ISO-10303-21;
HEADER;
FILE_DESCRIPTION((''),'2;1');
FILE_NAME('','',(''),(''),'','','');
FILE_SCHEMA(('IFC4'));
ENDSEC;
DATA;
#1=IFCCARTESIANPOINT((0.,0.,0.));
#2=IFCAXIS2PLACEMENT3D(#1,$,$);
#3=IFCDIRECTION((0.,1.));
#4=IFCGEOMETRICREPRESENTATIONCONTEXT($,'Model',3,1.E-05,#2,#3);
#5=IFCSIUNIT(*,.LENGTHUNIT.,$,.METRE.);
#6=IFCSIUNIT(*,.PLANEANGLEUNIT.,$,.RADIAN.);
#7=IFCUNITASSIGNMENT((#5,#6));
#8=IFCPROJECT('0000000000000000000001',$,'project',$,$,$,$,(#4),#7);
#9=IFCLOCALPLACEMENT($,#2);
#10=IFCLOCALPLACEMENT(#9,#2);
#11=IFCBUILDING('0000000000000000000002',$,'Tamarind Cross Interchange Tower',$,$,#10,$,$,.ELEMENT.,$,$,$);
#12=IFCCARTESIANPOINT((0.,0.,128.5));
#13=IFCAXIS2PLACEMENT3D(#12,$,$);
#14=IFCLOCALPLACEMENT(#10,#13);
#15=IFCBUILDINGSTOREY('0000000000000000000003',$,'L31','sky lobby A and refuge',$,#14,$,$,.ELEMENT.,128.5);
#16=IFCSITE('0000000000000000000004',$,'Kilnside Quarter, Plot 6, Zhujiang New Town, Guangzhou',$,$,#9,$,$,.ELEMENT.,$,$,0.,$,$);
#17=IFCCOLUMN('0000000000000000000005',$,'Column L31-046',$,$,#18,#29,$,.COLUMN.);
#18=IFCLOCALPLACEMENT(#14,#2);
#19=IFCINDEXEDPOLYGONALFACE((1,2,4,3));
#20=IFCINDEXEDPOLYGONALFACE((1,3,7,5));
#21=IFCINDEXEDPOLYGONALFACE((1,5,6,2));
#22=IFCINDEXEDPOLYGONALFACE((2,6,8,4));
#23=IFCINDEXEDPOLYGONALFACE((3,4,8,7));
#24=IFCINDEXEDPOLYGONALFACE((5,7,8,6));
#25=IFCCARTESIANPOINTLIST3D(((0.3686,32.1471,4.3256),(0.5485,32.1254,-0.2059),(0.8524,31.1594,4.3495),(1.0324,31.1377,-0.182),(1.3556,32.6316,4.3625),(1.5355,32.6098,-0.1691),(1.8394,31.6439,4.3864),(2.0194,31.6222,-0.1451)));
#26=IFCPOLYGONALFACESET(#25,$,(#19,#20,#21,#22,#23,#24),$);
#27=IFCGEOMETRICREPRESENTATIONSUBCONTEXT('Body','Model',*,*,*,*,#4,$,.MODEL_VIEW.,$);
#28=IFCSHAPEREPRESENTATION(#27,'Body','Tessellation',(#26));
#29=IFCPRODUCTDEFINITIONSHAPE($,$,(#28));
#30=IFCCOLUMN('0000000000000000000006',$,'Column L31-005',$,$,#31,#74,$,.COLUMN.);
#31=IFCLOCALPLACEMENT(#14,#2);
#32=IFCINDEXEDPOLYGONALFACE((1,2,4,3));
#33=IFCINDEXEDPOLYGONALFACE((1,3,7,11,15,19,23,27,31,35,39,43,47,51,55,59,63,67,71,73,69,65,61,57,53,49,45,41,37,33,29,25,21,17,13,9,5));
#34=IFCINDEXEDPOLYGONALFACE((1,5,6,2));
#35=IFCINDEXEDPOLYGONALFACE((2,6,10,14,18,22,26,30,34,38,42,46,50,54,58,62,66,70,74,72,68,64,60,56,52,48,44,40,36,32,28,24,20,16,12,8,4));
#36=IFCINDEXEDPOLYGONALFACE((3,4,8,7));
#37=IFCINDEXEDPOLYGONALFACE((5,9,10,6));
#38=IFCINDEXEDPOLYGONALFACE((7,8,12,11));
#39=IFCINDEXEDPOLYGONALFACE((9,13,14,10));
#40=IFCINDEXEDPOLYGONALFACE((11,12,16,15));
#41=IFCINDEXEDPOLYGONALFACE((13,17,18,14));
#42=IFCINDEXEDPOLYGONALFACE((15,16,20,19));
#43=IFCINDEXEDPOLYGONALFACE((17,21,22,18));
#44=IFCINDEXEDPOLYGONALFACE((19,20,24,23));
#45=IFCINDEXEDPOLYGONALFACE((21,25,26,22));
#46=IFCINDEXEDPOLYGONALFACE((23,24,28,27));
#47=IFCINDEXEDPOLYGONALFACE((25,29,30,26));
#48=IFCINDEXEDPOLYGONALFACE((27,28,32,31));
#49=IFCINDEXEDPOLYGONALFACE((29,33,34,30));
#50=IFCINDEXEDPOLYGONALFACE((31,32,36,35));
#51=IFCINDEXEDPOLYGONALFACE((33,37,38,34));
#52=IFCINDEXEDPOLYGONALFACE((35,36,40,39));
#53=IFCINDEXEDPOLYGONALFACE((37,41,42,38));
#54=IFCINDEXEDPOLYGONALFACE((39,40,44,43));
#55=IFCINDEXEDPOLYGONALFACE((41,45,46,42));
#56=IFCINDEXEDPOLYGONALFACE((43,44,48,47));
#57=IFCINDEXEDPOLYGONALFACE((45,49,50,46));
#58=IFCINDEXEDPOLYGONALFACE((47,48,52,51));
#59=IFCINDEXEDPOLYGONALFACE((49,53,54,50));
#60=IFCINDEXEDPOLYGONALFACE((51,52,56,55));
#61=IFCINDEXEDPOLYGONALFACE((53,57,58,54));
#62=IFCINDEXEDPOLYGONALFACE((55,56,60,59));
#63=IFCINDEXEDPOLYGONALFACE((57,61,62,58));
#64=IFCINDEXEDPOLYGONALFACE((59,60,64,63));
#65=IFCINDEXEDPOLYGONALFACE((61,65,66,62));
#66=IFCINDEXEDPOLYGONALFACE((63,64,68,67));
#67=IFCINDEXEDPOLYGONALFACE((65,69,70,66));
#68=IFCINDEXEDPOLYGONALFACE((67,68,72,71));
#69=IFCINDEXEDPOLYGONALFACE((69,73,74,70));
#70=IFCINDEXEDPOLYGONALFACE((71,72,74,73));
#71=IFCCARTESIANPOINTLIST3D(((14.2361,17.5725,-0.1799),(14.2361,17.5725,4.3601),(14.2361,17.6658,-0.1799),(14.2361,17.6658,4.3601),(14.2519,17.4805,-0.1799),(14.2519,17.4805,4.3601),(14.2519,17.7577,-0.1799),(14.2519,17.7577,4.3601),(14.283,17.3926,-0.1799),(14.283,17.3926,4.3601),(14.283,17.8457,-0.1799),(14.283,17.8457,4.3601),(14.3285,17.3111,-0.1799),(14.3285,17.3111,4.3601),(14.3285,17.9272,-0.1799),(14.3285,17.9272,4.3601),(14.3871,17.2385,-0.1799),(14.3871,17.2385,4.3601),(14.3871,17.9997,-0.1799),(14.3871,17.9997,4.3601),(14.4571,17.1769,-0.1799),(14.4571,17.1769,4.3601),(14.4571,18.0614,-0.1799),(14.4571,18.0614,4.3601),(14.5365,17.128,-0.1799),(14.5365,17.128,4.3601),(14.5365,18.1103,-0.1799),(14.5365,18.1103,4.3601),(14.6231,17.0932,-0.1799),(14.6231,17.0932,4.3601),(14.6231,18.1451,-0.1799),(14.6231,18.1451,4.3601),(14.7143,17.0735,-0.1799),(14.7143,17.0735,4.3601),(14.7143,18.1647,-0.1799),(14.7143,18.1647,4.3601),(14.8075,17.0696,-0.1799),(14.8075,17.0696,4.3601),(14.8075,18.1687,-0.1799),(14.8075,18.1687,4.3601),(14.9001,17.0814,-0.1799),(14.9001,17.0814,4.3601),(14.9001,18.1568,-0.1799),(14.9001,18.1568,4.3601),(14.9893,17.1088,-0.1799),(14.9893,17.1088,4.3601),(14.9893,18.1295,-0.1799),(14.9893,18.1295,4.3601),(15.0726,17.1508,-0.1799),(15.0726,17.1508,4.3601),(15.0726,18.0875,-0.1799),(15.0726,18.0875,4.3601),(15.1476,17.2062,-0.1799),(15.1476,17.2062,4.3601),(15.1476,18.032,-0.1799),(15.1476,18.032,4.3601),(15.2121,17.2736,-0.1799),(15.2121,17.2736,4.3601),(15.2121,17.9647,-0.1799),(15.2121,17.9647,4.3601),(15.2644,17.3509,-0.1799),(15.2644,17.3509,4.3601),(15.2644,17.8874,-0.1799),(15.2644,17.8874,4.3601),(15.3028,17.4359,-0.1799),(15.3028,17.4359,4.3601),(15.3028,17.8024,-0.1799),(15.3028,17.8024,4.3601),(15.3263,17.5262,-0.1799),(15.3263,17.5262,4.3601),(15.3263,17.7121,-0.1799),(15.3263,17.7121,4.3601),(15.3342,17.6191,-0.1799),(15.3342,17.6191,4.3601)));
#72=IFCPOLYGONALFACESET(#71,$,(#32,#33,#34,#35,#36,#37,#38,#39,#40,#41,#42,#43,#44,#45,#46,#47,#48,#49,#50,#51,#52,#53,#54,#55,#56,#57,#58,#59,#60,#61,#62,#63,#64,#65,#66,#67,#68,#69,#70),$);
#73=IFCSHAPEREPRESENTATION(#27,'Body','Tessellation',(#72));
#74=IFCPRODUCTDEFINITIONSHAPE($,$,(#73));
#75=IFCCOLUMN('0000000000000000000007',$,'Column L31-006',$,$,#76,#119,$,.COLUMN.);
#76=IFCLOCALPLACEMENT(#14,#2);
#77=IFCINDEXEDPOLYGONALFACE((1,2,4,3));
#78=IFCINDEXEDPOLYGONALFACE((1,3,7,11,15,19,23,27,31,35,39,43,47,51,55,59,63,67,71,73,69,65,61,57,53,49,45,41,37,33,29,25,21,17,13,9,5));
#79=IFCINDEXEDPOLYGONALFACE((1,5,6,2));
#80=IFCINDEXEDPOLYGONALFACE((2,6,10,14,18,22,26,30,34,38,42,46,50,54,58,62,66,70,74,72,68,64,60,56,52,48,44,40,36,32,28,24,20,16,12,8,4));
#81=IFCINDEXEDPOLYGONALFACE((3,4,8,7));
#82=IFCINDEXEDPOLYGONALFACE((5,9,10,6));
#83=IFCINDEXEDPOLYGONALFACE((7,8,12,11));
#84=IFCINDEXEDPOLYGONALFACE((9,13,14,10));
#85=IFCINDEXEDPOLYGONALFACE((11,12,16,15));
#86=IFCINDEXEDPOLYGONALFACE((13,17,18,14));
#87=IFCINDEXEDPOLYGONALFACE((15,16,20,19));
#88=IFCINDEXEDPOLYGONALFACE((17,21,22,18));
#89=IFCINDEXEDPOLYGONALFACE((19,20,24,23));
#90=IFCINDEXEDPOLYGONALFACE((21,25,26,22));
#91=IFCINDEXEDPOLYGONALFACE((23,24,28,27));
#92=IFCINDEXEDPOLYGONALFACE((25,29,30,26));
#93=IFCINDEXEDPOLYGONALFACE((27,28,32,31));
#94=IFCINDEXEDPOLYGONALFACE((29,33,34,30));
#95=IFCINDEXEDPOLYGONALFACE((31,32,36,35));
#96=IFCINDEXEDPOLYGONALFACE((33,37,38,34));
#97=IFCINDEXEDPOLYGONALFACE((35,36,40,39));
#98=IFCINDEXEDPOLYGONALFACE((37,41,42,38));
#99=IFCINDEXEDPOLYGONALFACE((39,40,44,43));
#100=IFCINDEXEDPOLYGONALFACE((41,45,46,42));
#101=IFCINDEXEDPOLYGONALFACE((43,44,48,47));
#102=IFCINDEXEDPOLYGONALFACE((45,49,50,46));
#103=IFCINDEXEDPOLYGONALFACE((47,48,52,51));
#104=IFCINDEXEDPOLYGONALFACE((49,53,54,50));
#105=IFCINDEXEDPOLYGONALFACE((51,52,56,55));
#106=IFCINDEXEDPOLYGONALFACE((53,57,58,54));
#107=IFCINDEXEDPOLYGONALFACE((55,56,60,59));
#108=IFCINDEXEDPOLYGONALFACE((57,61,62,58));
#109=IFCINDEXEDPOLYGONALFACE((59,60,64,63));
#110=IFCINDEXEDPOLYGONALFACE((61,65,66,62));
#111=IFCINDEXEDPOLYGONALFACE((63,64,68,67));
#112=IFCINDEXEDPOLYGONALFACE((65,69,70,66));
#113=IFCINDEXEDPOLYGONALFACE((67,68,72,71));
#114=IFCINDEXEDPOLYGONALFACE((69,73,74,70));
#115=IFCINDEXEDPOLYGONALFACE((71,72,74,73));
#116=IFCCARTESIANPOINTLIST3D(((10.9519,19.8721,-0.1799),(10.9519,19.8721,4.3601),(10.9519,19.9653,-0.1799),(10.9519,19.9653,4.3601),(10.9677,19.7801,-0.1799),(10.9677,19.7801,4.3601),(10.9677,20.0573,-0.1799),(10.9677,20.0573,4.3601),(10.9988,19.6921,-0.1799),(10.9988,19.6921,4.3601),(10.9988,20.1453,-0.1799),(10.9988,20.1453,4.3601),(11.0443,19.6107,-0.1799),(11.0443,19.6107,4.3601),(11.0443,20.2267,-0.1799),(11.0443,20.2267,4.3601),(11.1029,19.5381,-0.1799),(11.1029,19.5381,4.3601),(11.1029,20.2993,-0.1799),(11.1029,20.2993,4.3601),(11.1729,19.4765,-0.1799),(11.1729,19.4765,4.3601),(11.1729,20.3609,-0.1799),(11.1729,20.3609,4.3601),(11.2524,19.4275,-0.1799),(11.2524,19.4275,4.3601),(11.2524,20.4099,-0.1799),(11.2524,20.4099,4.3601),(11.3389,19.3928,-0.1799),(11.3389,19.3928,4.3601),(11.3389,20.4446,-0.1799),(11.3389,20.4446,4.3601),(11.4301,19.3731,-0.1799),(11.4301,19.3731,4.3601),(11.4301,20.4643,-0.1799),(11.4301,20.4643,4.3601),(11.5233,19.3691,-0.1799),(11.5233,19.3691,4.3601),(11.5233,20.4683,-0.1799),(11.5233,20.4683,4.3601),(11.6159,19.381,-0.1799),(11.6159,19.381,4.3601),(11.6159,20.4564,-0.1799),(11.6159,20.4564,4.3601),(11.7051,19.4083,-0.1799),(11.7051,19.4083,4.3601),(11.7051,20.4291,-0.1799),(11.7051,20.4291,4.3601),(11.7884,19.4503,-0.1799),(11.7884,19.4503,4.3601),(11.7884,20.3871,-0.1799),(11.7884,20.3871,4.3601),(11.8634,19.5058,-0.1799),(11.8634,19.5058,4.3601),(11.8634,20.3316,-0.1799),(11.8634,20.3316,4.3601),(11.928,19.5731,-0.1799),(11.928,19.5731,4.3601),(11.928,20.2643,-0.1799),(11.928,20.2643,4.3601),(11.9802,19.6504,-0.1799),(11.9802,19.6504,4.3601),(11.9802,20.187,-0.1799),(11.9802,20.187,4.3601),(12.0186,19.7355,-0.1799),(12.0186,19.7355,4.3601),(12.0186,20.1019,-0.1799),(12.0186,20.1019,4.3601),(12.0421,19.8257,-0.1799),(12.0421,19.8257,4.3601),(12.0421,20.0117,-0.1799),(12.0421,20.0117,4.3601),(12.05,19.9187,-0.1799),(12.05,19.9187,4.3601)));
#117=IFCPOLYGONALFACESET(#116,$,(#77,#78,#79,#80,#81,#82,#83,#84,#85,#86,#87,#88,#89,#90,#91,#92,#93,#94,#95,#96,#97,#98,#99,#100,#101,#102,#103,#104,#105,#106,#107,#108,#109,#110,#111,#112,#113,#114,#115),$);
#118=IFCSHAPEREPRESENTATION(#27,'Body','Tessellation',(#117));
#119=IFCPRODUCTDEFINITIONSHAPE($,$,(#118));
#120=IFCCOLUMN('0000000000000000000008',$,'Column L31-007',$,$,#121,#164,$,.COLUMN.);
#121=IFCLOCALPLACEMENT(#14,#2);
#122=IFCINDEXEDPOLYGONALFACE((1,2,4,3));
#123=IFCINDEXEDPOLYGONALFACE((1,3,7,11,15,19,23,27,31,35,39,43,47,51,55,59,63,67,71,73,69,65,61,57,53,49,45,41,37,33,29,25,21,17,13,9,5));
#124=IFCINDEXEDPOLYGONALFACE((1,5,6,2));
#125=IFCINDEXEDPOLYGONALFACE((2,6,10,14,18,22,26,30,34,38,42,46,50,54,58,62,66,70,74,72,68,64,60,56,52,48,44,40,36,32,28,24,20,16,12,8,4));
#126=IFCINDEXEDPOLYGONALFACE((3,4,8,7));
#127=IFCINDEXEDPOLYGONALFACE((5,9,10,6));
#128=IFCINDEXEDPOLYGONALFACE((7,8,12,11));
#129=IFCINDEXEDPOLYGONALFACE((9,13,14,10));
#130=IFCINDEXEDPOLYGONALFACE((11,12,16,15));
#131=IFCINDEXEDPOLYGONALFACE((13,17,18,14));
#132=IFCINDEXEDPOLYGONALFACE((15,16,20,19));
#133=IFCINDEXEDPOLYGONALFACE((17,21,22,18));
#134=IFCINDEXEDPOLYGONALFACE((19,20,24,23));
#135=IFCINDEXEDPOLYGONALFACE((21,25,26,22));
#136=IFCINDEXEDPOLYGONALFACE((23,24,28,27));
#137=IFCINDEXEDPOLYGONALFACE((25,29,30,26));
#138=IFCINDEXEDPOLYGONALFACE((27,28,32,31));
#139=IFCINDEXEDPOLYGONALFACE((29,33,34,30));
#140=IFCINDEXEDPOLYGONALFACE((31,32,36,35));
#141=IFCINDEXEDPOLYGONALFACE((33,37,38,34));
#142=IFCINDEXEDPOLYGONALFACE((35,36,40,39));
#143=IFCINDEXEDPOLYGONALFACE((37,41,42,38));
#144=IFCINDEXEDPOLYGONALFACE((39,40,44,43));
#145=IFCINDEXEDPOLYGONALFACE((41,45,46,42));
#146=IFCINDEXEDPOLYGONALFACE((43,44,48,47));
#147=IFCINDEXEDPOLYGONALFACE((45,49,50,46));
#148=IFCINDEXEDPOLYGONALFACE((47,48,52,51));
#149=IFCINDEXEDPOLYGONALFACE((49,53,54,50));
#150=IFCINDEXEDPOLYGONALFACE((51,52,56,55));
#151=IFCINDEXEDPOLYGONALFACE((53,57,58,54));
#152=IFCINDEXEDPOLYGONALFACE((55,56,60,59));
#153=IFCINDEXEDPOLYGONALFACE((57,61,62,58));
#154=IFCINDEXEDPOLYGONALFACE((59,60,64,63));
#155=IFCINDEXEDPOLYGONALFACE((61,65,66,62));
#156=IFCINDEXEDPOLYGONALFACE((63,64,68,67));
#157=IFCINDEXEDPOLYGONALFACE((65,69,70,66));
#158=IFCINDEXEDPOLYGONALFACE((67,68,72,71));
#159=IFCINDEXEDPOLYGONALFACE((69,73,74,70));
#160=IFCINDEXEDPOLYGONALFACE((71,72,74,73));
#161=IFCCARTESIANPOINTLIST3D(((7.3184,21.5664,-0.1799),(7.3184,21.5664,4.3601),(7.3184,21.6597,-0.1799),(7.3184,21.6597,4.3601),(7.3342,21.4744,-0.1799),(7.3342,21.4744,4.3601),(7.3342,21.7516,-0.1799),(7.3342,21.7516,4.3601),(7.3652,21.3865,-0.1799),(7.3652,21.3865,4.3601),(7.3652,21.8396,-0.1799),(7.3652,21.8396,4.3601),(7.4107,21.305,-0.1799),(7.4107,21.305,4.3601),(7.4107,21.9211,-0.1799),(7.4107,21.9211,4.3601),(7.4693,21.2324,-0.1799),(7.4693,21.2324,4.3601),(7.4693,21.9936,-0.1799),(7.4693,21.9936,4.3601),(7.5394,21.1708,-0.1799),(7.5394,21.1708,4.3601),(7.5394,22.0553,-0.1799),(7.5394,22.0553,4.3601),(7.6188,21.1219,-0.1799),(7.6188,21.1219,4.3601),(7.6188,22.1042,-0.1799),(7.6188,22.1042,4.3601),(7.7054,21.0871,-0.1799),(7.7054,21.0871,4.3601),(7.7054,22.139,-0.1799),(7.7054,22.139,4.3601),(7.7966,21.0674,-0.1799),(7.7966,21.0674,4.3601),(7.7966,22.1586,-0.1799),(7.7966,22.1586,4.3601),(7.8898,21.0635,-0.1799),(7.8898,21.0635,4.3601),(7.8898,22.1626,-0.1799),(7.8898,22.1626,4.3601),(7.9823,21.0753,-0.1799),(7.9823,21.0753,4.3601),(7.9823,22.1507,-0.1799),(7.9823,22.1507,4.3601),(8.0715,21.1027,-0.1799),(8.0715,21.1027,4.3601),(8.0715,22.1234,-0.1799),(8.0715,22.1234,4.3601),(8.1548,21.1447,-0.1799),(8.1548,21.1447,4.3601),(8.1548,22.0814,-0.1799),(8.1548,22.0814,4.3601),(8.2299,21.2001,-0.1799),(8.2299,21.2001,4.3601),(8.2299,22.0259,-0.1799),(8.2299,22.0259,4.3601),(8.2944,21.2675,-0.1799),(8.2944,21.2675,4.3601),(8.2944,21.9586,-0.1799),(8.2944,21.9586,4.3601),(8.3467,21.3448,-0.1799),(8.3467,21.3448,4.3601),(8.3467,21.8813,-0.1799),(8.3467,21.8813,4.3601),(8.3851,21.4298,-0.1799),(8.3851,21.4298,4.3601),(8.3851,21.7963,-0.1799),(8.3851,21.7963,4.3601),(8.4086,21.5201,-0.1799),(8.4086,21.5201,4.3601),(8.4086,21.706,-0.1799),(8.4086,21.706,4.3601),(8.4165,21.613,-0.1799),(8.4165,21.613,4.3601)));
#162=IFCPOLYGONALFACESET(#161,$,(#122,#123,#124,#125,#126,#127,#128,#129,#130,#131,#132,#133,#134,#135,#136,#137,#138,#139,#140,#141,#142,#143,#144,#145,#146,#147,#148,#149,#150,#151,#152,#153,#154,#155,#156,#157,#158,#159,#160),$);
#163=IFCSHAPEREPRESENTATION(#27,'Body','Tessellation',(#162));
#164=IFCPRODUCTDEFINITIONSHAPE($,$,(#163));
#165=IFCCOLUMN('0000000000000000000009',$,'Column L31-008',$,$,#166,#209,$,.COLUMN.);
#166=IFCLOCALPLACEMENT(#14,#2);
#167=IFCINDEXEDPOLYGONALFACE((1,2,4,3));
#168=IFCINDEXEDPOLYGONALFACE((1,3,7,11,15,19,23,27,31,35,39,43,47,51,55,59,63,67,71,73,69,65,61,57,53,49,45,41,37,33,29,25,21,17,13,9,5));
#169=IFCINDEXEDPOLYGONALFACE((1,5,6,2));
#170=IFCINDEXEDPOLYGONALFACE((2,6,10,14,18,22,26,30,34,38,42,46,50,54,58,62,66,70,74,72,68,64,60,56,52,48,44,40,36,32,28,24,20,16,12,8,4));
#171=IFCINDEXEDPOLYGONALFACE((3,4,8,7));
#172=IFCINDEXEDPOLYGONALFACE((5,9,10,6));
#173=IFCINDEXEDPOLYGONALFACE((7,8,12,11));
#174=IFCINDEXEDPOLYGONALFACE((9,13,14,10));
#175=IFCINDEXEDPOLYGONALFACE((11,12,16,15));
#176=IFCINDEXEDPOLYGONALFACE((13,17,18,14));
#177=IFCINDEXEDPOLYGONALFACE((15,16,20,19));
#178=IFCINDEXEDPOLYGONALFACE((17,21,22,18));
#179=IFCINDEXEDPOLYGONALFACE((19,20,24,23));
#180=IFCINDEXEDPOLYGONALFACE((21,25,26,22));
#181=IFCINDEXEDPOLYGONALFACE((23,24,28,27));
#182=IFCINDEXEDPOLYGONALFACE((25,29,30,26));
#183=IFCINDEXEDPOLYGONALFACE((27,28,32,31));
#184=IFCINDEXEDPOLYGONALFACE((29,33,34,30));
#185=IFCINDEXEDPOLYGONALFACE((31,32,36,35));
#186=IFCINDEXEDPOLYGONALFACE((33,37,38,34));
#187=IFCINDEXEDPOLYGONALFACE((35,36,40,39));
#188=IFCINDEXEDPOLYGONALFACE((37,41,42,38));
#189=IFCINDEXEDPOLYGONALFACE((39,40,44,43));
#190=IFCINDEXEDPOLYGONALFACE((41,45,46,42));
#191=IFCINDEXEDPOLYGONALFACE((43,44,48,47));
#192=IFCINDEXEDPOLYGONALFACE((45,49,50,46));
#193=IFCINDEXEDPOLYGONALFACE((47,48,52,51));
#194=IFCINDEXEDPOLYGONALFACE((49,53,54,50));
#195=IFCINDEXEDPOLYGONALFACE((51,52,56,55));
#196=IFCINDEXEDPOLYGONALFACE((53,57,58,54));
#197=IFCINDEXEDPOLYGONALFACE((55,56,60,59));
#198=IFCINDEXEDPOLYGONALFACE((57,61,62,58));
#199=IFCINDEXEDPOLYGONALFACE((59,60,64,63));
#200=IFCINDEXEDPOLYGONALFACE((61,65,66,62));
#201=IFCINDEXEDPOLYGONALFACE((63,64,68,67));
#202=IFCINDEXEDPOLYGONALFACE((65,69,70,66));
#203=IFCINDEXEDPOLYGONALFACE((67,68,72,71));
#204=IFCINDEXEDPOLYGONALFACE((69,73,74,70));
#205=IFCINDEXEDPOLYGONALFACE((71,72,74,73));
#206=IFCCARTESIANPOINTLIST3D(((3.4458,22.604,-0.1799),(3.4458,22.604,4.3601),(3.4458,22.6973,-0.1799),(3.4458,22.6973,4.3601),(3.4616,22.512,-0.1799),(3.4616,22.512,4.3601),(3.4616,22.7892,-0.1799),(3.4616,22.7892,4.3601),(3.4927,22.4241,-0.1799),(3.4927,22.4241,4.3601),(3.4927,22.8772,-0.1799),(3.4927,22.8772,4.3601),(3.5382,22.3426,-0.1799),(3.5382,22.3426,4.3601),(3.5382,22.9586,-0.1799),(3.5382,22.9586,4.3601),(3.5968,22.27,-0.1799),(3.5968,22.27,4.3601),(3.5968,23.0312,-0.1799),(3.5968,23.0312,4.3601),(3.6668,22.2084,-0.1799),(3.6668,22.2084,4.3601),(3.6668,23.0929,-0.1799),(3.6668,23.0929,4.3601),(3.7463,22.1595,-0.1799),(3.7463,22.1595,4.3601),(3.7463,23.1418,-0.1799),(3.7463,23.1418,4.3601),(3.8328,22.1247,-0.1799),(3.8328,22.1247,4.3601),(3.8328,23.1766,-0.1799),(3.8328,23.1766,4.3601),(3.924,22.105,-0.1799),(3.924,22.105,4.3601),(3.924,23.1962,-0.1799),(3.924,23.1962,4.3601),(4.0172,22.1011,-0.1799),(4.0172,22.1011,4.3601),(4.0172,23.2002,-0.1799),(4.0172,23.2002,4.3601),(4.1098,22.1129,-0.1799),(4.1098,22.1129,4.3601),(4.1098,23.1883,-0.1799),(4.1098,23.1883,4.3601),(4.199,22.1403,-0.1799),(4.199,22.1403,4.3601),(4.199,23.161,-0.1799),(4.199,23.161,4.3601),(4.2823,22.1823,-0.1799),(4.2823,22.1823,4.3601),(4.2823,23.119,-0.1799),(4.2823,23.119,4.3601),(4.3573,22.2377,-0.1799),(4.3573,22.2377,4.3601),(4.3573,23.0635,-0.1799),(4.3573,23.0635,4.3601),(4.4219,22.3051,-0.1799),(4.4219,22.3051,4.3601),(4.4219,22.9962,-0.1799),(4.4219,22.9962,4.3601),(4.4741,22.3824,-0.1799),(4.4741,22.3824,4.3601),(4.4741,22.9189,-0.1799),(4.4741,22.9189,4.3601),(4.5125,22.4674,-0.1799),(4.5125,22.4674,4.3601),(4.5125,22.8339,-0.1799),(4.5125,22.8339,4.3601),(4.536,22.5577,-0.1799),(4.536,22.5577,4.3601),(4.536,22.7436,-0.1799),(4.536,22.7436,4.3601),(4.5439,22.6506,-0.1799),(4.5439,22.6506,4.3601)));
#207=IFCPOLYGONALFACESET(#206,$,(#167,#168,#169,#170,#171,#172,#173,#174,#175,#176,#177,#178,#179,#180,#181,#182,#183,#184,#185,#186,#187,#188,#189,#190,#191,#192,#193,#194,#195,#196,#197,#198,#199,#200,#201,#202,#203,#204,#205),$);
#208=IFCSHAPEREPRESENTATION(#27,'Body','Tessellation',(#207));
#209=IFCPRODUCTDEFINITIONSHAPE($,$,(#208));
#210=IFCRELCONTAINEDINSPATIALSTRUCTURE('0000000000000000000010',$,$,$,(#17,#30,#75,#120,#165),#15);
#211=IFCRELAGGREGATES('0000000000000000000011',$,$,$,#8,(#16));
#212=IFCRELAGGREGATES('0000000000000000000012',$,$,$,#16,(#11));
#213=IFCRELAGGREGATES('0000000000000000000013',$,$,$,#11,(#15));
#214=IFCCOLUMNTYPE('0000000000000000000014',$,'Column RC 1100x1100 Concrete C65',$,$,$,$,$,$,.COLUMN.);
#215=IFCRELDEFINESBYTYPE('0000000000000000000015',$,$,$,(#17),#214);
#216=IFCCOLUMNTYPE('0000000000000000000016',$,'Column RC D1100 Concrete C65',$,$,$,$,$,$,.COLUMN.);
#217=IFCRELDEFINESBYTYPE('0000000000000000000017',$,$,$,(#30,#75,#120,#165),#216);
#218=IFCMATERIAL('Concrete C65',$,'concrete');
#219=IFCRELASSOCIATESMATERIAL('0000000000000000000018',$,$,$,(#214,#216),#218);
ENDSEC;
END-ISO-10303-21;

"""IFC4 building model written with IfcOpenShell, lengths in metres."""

from ifc_helpers import new_model, si_unit, direction, frame, origin, origin_2d, place, context, subcontext, project, spatial, rectangle, circle, extrude, material, material_profile, profile_set, type_object, element, save


model = new_model("IFC4")

# Units and contexts
model_context = context("Model", 3, precision=1e-05, world=origin(), true_north=direction((0.0, 1.0)))
body_context = subcontext(model_context, "Body", "Model", "MODEL_VIEW")
ifc_project = project(units=[si_unit("LENGTHUNIT", "METRE"), si_unit("PLANEANGLEUNIT", "RADIAN")], contexts=[model_context])

# Site, building, storey
site_placement = place(None, origin())
site = spatial("IfcSite", under=ifc_project, at=site_placement, Name="Kilnside Quarter, Plot 6, Zhujiang New Town, Guangzhou", CompositionType="ELEMENT", RefElevation=0.0)
building_placement = place(site_placement, origin())
building = spatial("IfcBuilding", under=site, at=building_placement, Name="Tamarind Cross Interchange Tower", CompositionType="ELEMENT")
storey_placement = place(building_placement, frame((0.0, 0.0, 128.5)))
storey = spatial("IfcBuildingStorey", under=building, at=storey_placement, Name="L31", Description="sky lobby A and refuge", CompositionType="ELEMENT", Elevation=128.5)

# Columns
ifc_material_1 = material(Name="Concrete C65", Category="concrete")
ifc_material_profile_1 = material_profile(ifc_material_1, rectangle(XDim=1.1001, YDim=1.1001, at=origin_2d()), Name="RC 1100x1100")
ifc_profile_set_1 = profile_set([ifc_material_profile_1], Name="Concrete C65")
column_type_1 = type_object("IfcColumnType", Name="Column RC 1100x1100 Concrete C65", PredefinedType="COLUMN", material=ifc_profile_set_1)
column_placement = place(storey_placement, frame((1.2839, 31.8738, -0.1755), z_axis=(-0.039675, 0.004791, 0.999201), x_axis=(0.439858, -0.897803, 0.02177)))
element("IfcColumn", 1, at=column_placement, inside=storey, type_object=column_type_1, Name="Column L31-046", PredefinedType="COLUMN", context=body_context, shape_type="SweptSolid", body=[
    extrude(rectangle(XDim=1.1001, YDim=1.1001, at=origin_2d()), origin(), (0.0, 0.0, 1.0), 4.5352),
])
ifc_material_profile_2 = material_profile(ifc_material_1, circle(Radius=0.55, at=origin_2d()), Name="RC D1100")
ifc_profile_set_2 = profile_set([ifc_material_profile_2], Name="Concrete C65")
column_type_2 = type_object("IfcColumnType", Name="Column RC D1100 Concrete C65", PredefinedType="COLUMN", material=ifc_profile_set_2)
for number, where, z_axis, x_axis, name in (
    (2, (14.7842, 17.6191, -0.1799), (0.0, 0.0, 1.0), (1.0, 0.0, 0.0), "Column L31-005"),
    (3, (11.5, 19.9187, -0.1799), (0.0, 0.0, 1.0), (1.0, 0.0, 0.0), "Column L31-006"),
    (4, (7.8665, 21.613, -0.1799), (0.0, 0.0, 1.0), (1.0, 0.0, 0.0), "Column L31-007"),
    (5, (3.9939, 22.6506, -0.1799), (0.0, 0.0, 1.0), (1.0, 0.0, 0.0), "Column L31-008"),
):
    element("IfcColumn", number, at=place(storey_placement, frame(where, z_axis=z_axis, x_axis=x_axis)), inside=storey, type_object=column_type_2, Name=name, PredefinedType="COLUMN", context=body_context, shape_type="SweptSolid", body=[
        extrude(circle(Radius=0.55, at=origin_2d()), origin(), (0.0, 0.0, 1.0), 4.54),
    ])

save(model, "model.ifc")
